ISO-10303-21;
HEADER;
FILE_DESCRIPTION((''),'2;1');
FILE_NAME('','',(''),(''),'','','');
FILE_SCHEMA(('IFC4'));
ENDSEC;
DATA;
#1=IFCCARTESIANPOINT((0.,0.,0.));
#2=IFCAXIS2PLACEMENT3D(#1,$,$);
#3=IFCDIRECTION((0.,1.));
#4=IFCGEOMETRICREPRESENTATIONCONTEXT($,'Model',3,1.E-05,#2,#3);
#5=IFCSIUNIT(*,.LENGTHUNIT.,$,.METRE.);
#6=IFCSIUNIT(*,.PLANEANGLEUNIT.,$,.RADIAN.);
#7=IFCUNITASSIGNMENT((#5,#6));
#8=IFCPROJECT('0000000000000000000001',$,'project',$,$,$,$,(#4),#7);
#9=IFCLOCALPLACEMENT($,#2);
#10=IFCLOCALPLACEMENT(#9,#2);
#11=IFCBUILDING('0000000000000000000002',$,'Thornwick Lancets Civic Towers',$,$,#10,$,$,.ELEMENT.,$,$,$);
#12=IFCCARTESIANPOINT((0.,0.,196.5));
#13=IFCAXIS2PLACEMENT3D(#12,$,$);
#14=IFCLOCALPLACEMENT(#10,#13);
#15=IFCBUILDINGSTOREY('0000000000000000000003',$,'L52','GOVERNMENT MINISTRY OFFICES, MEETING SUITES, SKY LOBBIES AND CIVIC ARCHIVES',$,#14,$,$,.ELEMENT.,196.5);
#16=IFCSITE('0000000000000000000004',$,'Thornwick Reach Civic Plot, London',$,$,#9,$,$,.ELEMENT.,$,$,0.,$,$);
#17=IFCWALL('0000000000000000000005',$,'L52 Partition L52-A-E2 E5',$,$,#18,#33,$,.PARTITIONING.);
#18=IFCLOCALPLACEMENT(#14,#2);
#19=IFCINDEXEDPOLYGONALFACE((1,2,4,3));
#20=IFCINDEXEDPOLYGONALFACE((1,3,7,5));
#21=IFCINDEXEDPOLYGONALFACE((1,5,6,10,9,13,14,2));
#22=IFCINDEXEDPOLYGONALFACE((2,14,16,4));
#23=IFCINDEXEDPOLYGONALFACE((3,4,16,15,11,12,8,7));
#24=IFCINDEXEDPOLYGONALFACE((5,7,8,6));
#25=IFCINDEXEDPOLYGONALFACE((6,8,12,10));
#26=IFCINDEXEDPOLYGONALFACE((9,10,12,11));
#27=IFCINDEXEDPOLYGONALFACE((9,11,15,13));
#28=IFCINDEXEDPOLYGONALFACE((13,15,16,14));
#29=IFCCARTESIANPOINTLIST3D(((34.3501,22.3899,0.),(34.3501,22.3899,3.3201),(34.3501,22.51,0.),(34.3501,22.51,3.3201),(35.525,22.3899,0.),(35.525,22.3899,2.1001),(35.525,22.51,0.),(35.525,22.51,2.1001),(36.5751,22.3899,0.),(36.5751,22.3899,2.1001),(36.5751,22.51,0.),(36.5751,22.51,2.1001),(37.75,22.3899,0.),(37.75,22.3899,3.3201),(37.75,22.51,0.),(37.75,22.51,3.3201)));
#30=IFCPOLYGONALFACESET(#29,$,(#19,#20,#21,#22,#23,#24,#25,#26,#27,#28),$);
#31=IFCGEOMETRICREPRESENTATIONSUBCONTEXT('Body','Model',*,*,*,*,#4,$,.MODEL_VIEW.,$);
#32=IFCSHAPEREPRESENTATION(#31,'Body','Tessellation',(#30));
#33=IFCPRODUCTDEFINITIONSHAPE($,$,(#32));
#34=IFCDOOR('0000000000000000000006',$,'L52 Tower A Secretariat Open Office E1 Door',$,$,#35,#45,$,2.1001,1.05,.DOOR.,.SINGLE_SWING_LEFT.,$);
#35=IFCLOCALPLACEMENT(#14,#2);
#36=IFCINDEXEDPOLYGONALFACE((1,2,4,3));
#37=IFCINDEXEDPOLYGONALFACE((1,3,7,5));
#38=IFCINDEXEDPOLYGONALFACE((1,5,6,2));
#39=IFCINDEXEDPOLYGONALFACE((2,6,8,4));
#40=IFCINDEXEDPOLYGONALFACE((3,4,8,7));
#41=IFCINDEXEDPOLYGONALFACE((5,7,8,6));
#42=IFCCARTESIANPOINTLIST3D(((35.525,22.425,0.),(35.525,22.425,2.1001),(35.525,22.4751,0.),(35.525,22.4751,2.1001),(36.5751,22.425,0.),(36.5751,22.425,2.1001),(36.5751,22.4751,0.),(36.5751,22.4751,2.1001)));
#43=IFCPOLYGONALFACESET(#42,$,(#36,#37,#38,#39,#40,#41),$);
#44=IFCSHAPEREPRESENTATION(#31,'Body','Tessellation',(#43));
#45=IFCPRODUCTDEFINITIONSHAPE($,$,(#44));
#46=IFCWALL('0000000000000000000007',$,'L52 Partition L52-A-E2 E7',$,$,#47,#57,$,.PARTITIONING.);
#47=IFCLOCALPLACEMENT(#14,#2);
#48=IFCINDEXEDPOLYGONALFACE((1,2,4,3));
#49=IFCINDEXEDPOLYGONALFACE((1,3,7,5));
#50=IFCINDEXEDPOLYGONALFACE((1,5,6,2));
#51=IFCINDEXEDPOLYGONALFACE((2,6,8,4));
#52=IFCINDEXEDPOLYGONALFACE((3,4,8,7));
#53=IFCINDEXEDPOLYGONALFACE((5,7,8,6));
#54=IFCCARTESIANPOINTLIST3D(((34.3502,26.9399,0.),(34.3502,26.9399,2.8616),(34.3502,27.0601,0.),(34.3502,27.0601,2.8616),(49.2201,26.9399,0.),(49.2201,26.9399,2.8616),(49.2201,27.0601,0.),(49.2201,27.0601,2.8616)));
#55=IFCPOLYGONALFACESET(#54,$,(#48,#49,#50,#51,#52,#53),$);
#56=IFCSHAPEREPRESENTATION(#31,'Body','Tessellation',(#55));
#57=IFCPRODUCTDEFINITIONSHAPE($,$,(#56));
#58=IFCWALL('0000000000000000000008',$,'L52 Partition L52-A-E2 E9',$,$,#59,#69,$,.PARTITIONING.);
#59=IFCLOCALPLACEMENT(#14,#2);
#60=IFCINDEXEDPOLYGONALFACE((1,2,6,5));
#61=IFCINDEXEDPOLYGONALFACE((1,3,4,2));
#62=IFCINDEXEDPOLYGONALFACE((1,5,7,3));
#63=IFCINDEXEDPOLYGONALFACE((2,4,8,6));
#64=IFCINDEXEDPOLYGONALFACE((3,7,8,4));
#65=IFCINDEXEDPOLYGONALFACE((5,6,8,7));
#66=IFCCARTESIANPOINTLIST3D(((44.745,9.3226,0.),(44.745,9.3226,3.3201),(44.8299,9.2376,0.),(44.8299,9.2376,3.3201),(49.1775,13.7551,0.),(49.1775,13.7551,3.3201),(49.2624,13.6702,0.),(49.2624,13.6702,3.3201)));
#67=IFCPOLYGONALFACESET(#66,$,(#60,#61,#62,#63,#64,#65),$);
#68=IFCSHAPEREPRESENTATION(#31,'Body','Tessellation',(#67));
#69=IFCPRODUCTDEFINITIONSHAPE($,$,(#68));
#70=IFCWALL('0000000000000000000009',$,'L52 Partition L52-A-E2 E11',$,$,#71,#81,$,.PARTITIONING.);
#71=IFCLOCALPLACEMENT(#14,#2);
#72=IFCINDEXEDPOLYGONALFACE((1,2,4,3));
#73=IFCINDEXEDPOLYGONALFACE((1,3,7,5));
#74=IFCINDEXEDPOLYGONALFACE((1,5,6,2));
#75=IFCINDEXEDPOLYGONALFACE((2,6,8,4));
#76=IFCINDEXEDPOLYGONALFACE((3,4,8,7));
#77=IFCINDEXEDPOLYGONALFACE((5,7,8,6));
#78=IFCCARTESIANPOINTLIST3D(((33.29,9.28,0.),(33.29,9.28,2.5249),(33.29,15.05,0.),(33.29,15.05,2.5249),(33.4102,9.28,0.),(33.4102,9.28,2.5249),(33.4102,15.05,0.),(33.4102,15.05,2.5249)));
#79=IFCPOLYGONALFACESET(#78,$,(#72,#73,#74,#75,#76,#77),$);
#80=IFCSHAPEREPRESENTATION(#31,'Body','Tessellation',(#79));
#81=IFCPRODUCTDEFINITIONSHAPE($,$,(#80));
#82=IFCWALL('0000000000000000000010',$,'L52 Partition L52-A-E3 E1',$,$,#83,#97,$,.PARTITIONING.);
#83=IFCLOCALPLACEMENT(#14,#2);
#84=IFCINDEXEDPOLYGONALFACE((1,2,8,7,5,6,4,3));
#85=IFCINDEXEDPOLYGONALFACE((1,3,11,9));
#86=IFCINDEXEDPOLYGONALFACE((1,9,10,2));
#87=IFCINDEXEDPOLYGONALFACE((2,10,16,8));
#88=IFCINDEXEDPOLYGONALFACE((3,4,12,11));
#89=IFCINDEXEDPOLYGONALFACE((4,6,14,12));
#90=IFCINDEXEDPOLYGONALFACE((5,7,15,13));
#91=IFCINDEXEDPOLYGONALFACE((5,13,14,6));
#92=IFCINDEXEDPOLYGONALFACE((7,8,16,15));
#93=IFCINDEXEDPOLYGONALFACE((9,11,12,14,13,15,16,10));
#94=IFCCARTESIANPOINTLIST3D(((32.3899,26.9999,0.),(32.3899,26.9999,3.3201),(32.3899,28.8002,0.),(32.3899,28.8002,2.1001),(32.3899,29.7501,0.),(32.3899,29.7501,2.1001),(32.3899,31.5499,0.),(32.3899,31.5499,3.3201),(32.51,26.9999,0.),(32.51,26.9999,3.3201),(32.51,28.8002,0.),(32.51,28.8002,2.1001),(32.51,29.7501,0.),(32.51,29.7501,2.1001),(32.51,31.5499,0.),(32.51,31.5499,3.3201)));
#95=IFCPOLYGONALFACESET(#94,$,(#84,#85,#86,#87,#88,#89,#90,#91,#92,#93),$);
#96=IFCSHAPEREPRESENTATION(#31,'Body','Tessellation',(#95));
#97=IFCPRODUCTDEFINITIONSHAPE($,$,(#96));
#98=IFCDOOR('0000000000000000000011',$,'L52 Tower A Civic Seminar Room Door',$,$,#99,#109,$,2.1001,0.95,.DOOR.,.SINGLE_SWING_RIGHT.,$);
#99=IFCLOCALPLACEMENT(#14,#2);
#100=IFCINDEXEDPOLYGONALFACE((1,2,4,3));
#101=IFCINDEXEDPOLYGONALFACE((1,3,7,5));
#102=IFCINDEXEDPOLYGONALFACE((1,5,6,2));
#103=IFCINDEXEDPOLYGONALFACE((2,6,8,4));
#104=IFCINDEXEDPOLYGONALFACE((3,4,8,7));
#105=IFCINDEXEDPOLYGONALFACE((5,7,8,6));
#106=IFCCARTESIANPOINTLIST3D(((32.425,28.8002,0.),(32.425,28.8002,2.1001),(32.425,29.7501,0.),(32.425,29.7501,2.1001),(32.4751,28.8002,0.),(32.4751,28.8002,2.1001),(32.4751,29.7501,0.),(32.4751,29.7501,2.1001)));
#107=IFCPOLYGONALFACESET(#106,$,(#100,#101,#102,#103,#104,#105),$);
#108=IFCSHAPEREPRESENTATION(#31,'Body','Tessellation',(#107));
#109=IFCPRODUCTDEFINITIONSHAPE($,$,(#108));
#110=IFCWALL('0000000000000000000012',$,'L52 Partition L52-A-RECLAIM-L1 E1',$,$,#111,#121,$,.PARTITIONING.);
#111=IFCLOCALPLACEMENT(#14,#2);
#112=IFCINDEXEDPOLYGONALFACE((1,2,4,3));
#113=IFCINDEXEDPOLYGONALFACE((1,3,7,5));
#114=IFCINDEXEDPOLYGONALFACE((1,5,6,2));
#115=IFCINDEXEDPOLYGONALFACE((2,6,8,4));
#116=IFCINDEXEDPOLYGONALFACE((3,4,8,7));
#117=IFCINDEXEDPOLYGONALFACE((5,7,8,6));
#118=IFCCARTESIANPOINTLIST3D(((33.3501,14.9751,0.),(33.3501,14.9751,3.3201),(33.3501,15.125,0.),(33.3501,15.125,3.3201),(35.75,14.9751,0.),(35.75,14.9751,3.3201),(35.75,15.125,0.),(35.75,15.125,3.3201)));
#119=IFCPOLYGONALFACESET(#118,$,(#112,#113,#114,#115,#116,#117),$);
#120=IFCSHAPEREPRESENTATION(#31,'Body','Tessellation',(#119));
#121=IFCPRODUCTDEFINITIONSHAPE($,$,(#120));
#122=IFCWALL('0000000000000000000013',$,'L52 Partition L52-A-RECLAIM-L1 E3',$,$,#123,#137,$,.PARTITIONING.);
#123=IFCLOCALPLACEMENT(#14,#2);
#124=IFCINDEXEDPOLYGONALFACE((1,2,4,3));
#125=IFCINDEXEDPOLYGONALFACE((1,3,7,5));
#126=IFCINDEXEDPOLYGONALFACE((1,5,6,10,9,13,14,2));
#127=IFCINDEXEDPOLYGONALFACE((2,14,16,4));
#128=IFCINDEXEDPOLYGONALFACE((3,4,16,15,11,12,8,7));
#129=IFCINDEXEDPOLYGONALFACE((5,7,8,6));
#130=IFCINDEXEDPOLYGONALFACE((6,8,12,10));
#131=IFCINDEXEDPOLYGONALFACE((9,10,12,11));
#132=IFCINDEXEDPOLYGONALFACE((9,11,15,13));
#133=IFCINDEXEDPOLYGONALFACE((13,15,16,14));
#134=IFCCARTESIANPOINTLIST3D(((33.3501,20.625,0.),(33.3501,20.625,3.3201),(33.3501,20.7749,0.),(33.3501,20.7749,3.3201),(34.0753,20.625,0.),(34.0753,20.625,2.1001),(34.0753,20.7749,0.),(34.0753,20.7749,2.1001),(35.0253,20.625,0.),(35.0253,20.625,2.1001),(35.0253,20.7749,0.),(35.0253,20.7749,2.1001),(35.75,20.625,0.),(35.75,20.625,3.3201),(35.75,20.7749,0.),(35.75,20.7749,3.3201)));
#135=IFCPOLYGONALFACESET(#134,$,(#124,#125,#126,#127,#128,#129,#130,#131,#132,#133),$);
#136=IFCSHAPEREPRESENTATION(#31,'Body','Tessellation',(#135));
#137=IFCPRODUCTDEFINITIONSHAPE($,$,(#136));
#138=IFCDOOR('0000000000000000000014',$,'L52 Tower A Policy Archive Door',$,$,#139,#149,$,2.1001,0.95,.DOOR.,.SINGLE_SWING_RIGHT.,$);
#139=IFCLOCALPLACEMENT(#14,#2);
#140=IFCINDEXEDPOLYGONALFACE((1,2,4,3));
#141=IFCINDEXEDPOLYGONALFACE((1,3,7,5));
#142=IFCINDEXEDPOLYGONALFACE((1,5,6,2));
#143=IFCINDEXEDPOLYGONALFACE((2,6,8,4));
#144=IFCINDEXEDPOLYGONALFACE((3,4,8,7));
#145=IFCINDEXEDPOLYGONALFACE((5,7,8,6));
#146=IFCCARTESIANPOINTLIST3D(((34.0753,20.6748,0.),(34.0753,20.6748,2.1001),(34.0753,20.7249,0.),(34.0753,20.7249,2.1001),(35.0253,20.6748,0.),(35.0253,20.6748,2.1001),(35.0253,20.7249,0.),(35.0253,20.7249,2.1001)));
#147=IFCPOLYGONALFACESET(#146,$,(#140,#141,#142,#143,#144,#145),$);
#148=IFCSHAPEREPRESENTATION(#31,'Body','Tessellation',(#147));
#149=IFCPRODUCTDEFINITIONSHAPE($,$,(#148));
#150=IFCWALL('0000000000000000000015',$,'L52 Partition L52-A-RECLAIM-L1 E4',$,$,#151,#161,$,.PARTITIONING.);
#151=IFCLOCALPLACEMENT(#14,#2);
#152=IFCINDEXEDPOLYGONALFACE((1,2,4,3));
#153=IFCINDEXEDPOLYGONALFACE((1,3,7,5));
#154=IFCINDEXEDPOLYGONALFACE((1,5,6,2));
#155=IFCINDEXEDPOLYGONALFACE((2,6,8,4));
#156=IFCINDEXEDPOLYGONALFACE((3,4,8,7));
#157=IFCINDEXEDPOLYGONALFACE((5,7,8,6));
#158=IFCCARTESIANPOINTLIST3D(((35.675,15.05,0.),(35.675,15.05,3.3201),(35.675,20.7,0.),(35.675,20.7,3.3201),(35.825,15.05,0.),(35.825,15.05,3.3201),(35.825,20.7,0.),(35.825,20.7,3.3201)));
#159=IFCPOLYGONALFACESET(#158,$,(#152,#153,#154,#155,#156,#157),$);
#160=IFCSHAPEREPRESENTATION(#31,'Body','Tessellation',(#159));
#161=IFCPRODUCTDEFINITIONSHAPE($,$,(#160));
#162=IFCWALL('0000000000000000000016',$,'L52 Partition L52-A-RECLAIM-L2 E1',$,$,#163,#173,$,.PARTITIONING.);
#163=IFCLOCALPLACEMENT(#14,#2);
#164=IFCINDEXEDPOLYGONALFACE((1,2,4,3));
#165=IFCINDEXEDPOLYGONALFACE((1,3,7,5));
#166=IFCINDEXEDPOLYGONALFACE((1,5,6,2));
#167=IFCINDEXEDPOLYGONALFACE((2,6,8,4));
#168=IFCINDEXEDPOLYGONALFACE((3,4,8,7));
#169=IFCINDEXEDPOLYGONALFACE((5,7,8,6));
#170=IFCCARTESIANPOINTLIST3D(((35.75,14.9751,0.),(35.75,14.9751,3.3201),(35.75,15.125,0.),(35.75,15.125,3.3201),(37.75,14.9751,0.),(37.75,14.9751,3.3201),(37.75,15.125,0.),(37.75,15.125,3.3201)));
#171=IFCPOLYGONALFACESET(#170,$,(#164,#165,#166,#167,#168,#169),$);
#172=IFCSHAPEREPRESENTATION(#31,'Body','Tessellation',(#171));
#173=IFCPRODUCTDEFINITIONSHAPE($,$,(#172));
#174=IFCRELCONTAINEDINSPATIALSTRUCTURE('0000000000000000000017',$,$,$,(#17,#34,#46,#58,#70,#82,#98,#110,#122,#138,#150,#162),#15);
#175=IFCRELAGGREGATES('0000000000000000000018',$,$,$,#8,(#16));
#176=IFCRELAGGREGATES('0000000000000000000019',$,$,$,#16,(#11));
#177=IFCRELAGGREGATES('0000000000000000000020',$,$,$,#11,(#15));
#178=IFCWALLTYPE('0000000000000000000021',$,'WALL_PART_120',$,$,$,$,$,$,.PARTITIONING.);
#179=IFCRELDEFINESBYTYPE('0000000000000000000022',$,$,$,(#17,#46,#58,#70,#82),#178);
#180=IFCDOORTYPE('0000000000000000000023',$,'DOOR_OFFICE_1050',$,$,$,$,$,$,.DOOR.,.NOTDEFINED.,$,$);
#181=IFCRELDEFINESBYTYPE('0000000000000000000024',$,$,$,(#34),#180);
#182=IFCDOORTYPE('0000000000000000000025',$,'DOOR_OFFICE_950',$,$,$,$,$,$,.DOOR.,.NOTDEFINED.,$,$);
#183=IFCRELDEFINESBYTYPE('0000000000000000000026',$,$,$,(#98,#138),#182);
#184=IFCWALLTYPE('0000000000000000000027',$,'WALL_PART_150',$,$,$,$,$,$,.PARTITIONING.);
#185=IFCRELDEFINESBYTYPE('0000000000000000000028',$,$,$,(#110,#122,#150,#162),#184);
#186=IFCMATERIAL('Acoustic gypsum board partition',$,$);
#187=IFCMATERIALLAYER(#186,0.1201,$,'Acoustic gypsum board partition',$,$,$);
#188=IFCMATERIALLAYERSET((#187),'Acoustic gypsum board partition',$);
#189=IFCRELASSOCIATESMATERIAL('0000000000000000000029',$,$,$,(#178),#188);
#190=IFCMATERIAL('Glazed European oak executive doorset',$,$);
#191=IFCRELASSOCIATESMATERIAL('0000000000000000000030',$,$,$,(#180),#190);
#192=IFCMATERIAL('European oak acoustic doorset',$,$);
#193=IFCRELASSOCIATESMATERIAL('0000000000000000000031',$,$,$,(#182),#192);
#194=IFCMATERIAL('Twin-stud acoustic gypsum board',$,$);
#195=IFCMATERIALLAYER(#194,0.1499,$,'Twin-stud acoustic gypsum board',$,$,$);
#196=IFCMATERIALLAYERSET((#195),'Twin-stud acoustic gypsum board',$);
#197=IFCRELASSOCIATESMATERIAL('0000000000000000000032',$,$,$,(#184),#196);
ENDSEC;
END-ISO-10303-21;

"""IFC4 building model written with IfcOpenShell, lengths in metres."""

from ifc_helpers import new_model, si_unit, direction, frame, frame_2d, origin, place, context, subcontext, project, spatial, rectangle, extrude, material, layer, layer_set, type_object, element, fill, save


model = new_model("IFC4")

# Units and contexts
model_context = context("Model", 3, precision=1e-05, world=origin(), true_north=direction((0.0, 1.0)))
body_context = subcontext(model_context, "Body", "Model", "MODEL_VIEW")
ifc_project = project(units=[si_unit("LENGTHUNIT", "METRE"), si_unit("PLANEANGLEUNIT", "RADIAN")], contexts=[model_context])

# Site, building, storey
site_placement = place(None, origin())
site = spatial("IfcSite", under=ifc_project, at=site_placement, Name="Thornwick Reach Civic Plot, London", CompositionType="ELEMENT", RefElevation=0.0)
building_placement = place(site_placement, origin())
building = spatial("IfcBuilding", under=site, at=building_placement, Name="Thornwick Lancets Civic Towers", CompositionType="ELEMENT")
storey_placement = place(building_placement, frame((0.0, 0.0, 196.5)))
storey = spatial("IfcBuildingStorey", under=building, at=storey_placement, Name="L52", Description="GOVERNMENT MINISTRY OFFICES, MEETING SUITES, SKY LOBBIES AND CIVIC ARCHIVES", CompositionType="ELEMENT", Elevation=196.5)

# Shared definitions
ifc_material_1 = material(Name="Acoustic gypsum board partition")
ifc_layer_1 = layer(ifc_material_1, 0.1201, Name="Acoustic gypsum board partition")
ifc_layer_set_1 = layer_set([ifc_layer_1], Name="Acoustic gypsum board partition")
wall_type_1 = type_object("IfcWallType", Name="WALL_PART_120", PredefinedType="PARTITIONING", material=ifc_layer_set_1)

# Wall, opening, door
wall_1_placement = place(storey_placement, frame((37.75, 22.45, 0.0), z_axis=(0.0, 0.0, 1.0), x_axis=(-1.0, 0.0, 0.0)))
wall_1 = element("IfcWall", 1, at=wall_1_placement, inside=storey, type_object=wall_type_1, Name="L52 Partition L52-A-E2 E5", PredefinedType="PARTITIONING", context=body_context, shape_type="SweptSolid", body=[
    extrude(rectangle(XDim=3.3999, YDim=0.1201, at=frame_2d((1.7, 0.0))), origin(), (0.0, 0.0, 1.0), 3.3201),
])
opening_1_placement = place(wall_1_placement, frame((1.175, 0.0, 0.0)))
opening_1 = element("IfcOpeningElement", 2, at=opening_1_placement, cuts=wall_1, PredefinedType="OPENING", context=body_context, shape_type="SweptSolid", body=[
    extrude(rectangle(XDim=1.05, YDim=2.1001, at=frame_2d((0.5249, 1.05))), frame((0.0, 0.0701, 0.0), z_axis=(0.0, -1.0, 0.0), x_axis=(1.0, 0.0, 0.0)), (0.0, 0.0, 1.0), 0.1401),
])
ifc_material_2 = material(Name="Glazed European oak executive doorset")
door_type_1 = type_object("IfcDoorType", Name="DOOR_OFFICE_1050", OperationType="NOTDEFINED", PredefinedType="DOOR", material=ifc_material_2)
door_1_placement = place(opening_1_placement, origin())
door_1 = element("IfcDoor", 3, at=door_1_placement, inside=storey, type_object=door_type_1, Name="L52 Tower A Secretariat Open Office E1 Door", OperationType="SINGLE_SWING_LEFT", OverallHeight=2.1001, OverallWidth=1.05, PredefinedType="DOOR", context=body_context, shape_type="SweptSolid", body=[
    extrude(rectangle(XDim=1.05, YDim=2.1001, at=frame_2d((0.5249, 1.05))), frame((0.0, 0.0249, 0.0), z_axis=(0.0, -1.0, 0.0), x_axis=(1.0, 0.0, 0.0)), (0.0, 0.0, 1.0), 0.05),
])
fill(opening_1, door_1)

# Walls
wall_2_placement = place(storey_placement, frame((34.3501, 27.0, 0.0), z_axis=(0.0, 0.0, 1.0), x_axis=(1.0, 0.0, 0.0)))
element("IfcWall", 4, at=wall_2_placement, inside=storey, type_object=wall_type_1, Name="L52 Partition L52-A-E2 E7", PredefinedType="PARTITIONING", context=body_context, shape_type="SweptSolid", body=[
    extrude(rectangle(XDim=14.8699, YDim=0.1201, at=frame_2d((7.4351, 0.0))), origin(), (0.0, 0.0, 1.0), 2.8616),
])
wall_3_placement = place(storey_placement, frame((49.22, 13.7126, 0.0), z_axis=(0.0, 0.0, 1.0), x_axis=(-0.707107, -0.707107, 0.0)))
element("IfcWall", 5, at=wall_3_placement, inside=storey, type_object=wall_type_1, Name="L52 Partition L52-A-E2 E9", PredefinedType="PARTITIONING", context=body_context, shape_type="SweptSolid", body=[
    extrude(rectangle(XDim=6.2686, YDim=0.1201, at=frame_2d((3.1343, 0.0))), origin(), (0.0, 0.0, 1.0), 3.3201),
])
wall_4_placement = place(storey_placement, frame((33.3501, 9.28, 0.0), z_axis=(0.0, 0.0, 1.0), x_axis=(0.0, 1.0, 0.0)))
element("IfcWall", 6, at=wall_4_placement, inside=storey, type_object=wall_type_1, Name="L52 Partition L52-A-E2 E11", PredefinedType="PARTITIONING", context=body_context, shape_type="SweptSolid", body=[
    extrude(rectangle(XDim=5.77, YDim=0.1201, at=frame_2d((2.885, 0.0))), origin(), (0.0, 0.0, 1.0), 2.5249),
])

# Wall, opening, door
wall_5_placement = place(storey_placement, frame((32.45, 27.0, 0.0), z_axis=(0.0, 0.0, 1.0), x_axis=(0.0, 1.0, 0.0)))
wall_5 = element("IfcWall", 7, at=wall_5_placement, inside=storey, type_object=wall_type_1, Name="L52 Partition L52-A-E3 E1", PredefinedType="PARTITIONING", context=body_context, shape_type="SweptSolid", body=[
    extrude(rectangle(XDim=4.55, YDim=0.1201, at=frame_2d((2.2749, 0.0))), origin(), (0.0, 0.0, 1.0), 3.3201),
])
opening_2_placement = place(wall_5_placement, frame((1.8, 0.0, 0.0)))
opening_2 = element("IfcOpeningElement", 8, at=opening_2_placement, cuts=wall_5, PredefinedType="OPENING", context=body_context, shape_type="SweptSolid", body=[
    extrude(rectangle(XDim=0.95, YDim=2.1001, at=frame_2d((0.4751, 1.05))), frame((0.0, 0.0701, 0.0), z_axis=(0.0, -1.0, 0.0), x_axis=(1.0, 0.0, 0.0)), (0.0, 0.0, 1.0), 0.1401),
])
ifc_material_3 = material(Name="European oak acoustic doorset")
door_type_2 = type_object("IfcDoorType", Name="DOOR_OFFICE_950", OperationType="NOTDEFINED", PredefinedType="DOOR", material=ifc_material_3)
door_2_placement = place(opening_2_placement, origin())
door_2 = element("IfcDoor", 9, at=door_2_placement, inside=storey, type_object=door_type_2, Name="L52 Tower A Civic Seminar Room Door", OperationType="SINGLE_SWING_RIGHT", OverallHeight=2.1001, OverallWidth=0.95, PredefinedType="DOOR", context=body_context, shape_type="SweptSolid", body=[
    extrude(rectangle(XDim=0.95, YDim=2.1001, at=frame_2d((0.4751, 1.05))), frame((0.0, 0.0249, 0.0), z_axis=(0.0, -1.0, 0.0), x_axis=(1.0, 0.0, 0.0)), (0.0, 0.0, 1.0), 0.05),
])
fill(opening_2, door_2)

# Wall
ifc_material_4 = material(Name="Twin-stud acoustic gypsum board")
ifc_layer_2 = layer(ifc_material_4, 0.1499, Name="Twin-stud acoustic gypsum board")
ifc_layer_set_2 = layer_set([ifc_layer_2], Name="Twin-stud acoustic gypsum board")
wall_type_2 = type_object("IfcWallType", Name="WALL_PART_150", PredefinedType="PARTITIONING", material=ifc_layer_set_2)
wall_6_placement = place(storey_placement, frame((35.75, 15.05, 0.0), z_axis=(0.0, 0.0, 1.0), x_axis=(-1.0, 0.0, 0.0)))
element("IfcWall", 10, at=wall_6_placement, inside=storey, type_object=wall_type_2, Name="L52 Partition L52-A-RECLAIM-L1 E1", PredefinedType="PARTITIONING", context=body_context, shape_type="SweptSolid", body=[
    extrude(rectangle(XDim=2.3999, YDim=0.1499, at=frame_2d((1.2, 0.0))), origin(), (0.0, 0.0, 1.0), 3.3201),
])

# Wall, opening, door
wall_7_placement = place(storey_placement, frame((33.3501, 20.7, 0.0), z_axis=(0.0, 0.0, 1.0), x_axis=(1.0, 0.0, 0.0)))
wall_7 = element("IfcWall", 11, at=wall_7_placement, inside=storey, type_object=wall_type_2, Name="L52 Partition L52-A-RECLAIM-L1 E3", PredefinedType="PARTITIONING", context=body_context, shape_type="SweptSolid", body=[
    extrude(rectangle(XDim=2.3999, YDim=0.1499, at=frame_2d((1.2, 0.0))), origin(), (0.0, 0.0, 1.0), 3.3201),
])
opening_3_placement = place(wall_7_placement, frame((0.7251, 0.0, 0.0)))
opening_3 = element("IfcOpeningElement", 12, at=opening_3_placement, cuts=wall_7, PredefinedType="OPENING", context=body_context, shape_type="SweptSolid", body=[
    extrude(rectangle(XDim=0.95, YDim=2.1001, at=frame_2d((0.4751, 1.05))), frame((0.0, 0.085, 0.0), z_axis=(0.0, -1.0, 0.0), x_axis=(1.0, 0.0, 0.0)), (0.0, 0.0, 1.0), 0.1699),
])
door_3_placement = place(opening_3_placement, origin())
door_3 = element("IfcDoor", 13, at=door_3_placement, inside=storey, type_object=door_type_2, Name="L52 Tower A Policy Archive Door", OperationType="SINGLE_SWING_RIGHT", OverallHeight=2.1001, OverallWidth=0.95, PredefinedType="DOOR", context=body_context, shape_type="SweptSolid", body=[
    extrude(rectangle(XDim=0.95, YDim=2.1001, at=frame_2d((0.4751, 1.05))), frame((0.0, 0.0249, 0.0), z_axis=(0.0, -1.0, 0.0), x_axis=(1.0, 0.0, 0.0)), (0.0, 0.0, 1.0), 0.05),
])
fill(opening_3, door_3)

# Walls
wall_8_placement = place(storey_placement, frame((35.75, 20.7, 0.0), z_axis=(0.0, 0.0, 1.0), x_axis=(0.0, -1.0, 0.0)))
element("IfcWall", 14, at=wall_8_placement, inside=storey, type_object=wall_type_2, Name="L52 Partition L52-A-RECLAIM-L1 E4", PredefinedType="PARTITIONING", context=body_context, shape_type="SweptSolid", body=[
    extrude(rectangle(XDim=5.6499, YDim=0.1499, at=frame_2d((2.825, 0.0))), origin(), (0.0, 0.0, 1.0), 3.3201),
])
wall_9_placement = place(storey_placement, frame((37.75, 15.05, 0.0), z_axis=(0.0, 0.0, 1.0), x_axis=(-1.0, 0.0, 0.0)))
element("IfcWall", 15, at=wall_9_placement, inside=storey, type_object=wall_type_2, Name="L52 Partition L52-A-RECLAIM-L2 E1", PredefinedType="PARTITIONING", context=body_context, shape_type="SweptSolid", body=[
    extrude(rectangle(XDim=2.0, YDim=0.1499, at=frame_2d((1.0, 0.0))), origin(), (0.0, 0.0, 1.0), 3.3201),
])

save(model, "model.ifc")
